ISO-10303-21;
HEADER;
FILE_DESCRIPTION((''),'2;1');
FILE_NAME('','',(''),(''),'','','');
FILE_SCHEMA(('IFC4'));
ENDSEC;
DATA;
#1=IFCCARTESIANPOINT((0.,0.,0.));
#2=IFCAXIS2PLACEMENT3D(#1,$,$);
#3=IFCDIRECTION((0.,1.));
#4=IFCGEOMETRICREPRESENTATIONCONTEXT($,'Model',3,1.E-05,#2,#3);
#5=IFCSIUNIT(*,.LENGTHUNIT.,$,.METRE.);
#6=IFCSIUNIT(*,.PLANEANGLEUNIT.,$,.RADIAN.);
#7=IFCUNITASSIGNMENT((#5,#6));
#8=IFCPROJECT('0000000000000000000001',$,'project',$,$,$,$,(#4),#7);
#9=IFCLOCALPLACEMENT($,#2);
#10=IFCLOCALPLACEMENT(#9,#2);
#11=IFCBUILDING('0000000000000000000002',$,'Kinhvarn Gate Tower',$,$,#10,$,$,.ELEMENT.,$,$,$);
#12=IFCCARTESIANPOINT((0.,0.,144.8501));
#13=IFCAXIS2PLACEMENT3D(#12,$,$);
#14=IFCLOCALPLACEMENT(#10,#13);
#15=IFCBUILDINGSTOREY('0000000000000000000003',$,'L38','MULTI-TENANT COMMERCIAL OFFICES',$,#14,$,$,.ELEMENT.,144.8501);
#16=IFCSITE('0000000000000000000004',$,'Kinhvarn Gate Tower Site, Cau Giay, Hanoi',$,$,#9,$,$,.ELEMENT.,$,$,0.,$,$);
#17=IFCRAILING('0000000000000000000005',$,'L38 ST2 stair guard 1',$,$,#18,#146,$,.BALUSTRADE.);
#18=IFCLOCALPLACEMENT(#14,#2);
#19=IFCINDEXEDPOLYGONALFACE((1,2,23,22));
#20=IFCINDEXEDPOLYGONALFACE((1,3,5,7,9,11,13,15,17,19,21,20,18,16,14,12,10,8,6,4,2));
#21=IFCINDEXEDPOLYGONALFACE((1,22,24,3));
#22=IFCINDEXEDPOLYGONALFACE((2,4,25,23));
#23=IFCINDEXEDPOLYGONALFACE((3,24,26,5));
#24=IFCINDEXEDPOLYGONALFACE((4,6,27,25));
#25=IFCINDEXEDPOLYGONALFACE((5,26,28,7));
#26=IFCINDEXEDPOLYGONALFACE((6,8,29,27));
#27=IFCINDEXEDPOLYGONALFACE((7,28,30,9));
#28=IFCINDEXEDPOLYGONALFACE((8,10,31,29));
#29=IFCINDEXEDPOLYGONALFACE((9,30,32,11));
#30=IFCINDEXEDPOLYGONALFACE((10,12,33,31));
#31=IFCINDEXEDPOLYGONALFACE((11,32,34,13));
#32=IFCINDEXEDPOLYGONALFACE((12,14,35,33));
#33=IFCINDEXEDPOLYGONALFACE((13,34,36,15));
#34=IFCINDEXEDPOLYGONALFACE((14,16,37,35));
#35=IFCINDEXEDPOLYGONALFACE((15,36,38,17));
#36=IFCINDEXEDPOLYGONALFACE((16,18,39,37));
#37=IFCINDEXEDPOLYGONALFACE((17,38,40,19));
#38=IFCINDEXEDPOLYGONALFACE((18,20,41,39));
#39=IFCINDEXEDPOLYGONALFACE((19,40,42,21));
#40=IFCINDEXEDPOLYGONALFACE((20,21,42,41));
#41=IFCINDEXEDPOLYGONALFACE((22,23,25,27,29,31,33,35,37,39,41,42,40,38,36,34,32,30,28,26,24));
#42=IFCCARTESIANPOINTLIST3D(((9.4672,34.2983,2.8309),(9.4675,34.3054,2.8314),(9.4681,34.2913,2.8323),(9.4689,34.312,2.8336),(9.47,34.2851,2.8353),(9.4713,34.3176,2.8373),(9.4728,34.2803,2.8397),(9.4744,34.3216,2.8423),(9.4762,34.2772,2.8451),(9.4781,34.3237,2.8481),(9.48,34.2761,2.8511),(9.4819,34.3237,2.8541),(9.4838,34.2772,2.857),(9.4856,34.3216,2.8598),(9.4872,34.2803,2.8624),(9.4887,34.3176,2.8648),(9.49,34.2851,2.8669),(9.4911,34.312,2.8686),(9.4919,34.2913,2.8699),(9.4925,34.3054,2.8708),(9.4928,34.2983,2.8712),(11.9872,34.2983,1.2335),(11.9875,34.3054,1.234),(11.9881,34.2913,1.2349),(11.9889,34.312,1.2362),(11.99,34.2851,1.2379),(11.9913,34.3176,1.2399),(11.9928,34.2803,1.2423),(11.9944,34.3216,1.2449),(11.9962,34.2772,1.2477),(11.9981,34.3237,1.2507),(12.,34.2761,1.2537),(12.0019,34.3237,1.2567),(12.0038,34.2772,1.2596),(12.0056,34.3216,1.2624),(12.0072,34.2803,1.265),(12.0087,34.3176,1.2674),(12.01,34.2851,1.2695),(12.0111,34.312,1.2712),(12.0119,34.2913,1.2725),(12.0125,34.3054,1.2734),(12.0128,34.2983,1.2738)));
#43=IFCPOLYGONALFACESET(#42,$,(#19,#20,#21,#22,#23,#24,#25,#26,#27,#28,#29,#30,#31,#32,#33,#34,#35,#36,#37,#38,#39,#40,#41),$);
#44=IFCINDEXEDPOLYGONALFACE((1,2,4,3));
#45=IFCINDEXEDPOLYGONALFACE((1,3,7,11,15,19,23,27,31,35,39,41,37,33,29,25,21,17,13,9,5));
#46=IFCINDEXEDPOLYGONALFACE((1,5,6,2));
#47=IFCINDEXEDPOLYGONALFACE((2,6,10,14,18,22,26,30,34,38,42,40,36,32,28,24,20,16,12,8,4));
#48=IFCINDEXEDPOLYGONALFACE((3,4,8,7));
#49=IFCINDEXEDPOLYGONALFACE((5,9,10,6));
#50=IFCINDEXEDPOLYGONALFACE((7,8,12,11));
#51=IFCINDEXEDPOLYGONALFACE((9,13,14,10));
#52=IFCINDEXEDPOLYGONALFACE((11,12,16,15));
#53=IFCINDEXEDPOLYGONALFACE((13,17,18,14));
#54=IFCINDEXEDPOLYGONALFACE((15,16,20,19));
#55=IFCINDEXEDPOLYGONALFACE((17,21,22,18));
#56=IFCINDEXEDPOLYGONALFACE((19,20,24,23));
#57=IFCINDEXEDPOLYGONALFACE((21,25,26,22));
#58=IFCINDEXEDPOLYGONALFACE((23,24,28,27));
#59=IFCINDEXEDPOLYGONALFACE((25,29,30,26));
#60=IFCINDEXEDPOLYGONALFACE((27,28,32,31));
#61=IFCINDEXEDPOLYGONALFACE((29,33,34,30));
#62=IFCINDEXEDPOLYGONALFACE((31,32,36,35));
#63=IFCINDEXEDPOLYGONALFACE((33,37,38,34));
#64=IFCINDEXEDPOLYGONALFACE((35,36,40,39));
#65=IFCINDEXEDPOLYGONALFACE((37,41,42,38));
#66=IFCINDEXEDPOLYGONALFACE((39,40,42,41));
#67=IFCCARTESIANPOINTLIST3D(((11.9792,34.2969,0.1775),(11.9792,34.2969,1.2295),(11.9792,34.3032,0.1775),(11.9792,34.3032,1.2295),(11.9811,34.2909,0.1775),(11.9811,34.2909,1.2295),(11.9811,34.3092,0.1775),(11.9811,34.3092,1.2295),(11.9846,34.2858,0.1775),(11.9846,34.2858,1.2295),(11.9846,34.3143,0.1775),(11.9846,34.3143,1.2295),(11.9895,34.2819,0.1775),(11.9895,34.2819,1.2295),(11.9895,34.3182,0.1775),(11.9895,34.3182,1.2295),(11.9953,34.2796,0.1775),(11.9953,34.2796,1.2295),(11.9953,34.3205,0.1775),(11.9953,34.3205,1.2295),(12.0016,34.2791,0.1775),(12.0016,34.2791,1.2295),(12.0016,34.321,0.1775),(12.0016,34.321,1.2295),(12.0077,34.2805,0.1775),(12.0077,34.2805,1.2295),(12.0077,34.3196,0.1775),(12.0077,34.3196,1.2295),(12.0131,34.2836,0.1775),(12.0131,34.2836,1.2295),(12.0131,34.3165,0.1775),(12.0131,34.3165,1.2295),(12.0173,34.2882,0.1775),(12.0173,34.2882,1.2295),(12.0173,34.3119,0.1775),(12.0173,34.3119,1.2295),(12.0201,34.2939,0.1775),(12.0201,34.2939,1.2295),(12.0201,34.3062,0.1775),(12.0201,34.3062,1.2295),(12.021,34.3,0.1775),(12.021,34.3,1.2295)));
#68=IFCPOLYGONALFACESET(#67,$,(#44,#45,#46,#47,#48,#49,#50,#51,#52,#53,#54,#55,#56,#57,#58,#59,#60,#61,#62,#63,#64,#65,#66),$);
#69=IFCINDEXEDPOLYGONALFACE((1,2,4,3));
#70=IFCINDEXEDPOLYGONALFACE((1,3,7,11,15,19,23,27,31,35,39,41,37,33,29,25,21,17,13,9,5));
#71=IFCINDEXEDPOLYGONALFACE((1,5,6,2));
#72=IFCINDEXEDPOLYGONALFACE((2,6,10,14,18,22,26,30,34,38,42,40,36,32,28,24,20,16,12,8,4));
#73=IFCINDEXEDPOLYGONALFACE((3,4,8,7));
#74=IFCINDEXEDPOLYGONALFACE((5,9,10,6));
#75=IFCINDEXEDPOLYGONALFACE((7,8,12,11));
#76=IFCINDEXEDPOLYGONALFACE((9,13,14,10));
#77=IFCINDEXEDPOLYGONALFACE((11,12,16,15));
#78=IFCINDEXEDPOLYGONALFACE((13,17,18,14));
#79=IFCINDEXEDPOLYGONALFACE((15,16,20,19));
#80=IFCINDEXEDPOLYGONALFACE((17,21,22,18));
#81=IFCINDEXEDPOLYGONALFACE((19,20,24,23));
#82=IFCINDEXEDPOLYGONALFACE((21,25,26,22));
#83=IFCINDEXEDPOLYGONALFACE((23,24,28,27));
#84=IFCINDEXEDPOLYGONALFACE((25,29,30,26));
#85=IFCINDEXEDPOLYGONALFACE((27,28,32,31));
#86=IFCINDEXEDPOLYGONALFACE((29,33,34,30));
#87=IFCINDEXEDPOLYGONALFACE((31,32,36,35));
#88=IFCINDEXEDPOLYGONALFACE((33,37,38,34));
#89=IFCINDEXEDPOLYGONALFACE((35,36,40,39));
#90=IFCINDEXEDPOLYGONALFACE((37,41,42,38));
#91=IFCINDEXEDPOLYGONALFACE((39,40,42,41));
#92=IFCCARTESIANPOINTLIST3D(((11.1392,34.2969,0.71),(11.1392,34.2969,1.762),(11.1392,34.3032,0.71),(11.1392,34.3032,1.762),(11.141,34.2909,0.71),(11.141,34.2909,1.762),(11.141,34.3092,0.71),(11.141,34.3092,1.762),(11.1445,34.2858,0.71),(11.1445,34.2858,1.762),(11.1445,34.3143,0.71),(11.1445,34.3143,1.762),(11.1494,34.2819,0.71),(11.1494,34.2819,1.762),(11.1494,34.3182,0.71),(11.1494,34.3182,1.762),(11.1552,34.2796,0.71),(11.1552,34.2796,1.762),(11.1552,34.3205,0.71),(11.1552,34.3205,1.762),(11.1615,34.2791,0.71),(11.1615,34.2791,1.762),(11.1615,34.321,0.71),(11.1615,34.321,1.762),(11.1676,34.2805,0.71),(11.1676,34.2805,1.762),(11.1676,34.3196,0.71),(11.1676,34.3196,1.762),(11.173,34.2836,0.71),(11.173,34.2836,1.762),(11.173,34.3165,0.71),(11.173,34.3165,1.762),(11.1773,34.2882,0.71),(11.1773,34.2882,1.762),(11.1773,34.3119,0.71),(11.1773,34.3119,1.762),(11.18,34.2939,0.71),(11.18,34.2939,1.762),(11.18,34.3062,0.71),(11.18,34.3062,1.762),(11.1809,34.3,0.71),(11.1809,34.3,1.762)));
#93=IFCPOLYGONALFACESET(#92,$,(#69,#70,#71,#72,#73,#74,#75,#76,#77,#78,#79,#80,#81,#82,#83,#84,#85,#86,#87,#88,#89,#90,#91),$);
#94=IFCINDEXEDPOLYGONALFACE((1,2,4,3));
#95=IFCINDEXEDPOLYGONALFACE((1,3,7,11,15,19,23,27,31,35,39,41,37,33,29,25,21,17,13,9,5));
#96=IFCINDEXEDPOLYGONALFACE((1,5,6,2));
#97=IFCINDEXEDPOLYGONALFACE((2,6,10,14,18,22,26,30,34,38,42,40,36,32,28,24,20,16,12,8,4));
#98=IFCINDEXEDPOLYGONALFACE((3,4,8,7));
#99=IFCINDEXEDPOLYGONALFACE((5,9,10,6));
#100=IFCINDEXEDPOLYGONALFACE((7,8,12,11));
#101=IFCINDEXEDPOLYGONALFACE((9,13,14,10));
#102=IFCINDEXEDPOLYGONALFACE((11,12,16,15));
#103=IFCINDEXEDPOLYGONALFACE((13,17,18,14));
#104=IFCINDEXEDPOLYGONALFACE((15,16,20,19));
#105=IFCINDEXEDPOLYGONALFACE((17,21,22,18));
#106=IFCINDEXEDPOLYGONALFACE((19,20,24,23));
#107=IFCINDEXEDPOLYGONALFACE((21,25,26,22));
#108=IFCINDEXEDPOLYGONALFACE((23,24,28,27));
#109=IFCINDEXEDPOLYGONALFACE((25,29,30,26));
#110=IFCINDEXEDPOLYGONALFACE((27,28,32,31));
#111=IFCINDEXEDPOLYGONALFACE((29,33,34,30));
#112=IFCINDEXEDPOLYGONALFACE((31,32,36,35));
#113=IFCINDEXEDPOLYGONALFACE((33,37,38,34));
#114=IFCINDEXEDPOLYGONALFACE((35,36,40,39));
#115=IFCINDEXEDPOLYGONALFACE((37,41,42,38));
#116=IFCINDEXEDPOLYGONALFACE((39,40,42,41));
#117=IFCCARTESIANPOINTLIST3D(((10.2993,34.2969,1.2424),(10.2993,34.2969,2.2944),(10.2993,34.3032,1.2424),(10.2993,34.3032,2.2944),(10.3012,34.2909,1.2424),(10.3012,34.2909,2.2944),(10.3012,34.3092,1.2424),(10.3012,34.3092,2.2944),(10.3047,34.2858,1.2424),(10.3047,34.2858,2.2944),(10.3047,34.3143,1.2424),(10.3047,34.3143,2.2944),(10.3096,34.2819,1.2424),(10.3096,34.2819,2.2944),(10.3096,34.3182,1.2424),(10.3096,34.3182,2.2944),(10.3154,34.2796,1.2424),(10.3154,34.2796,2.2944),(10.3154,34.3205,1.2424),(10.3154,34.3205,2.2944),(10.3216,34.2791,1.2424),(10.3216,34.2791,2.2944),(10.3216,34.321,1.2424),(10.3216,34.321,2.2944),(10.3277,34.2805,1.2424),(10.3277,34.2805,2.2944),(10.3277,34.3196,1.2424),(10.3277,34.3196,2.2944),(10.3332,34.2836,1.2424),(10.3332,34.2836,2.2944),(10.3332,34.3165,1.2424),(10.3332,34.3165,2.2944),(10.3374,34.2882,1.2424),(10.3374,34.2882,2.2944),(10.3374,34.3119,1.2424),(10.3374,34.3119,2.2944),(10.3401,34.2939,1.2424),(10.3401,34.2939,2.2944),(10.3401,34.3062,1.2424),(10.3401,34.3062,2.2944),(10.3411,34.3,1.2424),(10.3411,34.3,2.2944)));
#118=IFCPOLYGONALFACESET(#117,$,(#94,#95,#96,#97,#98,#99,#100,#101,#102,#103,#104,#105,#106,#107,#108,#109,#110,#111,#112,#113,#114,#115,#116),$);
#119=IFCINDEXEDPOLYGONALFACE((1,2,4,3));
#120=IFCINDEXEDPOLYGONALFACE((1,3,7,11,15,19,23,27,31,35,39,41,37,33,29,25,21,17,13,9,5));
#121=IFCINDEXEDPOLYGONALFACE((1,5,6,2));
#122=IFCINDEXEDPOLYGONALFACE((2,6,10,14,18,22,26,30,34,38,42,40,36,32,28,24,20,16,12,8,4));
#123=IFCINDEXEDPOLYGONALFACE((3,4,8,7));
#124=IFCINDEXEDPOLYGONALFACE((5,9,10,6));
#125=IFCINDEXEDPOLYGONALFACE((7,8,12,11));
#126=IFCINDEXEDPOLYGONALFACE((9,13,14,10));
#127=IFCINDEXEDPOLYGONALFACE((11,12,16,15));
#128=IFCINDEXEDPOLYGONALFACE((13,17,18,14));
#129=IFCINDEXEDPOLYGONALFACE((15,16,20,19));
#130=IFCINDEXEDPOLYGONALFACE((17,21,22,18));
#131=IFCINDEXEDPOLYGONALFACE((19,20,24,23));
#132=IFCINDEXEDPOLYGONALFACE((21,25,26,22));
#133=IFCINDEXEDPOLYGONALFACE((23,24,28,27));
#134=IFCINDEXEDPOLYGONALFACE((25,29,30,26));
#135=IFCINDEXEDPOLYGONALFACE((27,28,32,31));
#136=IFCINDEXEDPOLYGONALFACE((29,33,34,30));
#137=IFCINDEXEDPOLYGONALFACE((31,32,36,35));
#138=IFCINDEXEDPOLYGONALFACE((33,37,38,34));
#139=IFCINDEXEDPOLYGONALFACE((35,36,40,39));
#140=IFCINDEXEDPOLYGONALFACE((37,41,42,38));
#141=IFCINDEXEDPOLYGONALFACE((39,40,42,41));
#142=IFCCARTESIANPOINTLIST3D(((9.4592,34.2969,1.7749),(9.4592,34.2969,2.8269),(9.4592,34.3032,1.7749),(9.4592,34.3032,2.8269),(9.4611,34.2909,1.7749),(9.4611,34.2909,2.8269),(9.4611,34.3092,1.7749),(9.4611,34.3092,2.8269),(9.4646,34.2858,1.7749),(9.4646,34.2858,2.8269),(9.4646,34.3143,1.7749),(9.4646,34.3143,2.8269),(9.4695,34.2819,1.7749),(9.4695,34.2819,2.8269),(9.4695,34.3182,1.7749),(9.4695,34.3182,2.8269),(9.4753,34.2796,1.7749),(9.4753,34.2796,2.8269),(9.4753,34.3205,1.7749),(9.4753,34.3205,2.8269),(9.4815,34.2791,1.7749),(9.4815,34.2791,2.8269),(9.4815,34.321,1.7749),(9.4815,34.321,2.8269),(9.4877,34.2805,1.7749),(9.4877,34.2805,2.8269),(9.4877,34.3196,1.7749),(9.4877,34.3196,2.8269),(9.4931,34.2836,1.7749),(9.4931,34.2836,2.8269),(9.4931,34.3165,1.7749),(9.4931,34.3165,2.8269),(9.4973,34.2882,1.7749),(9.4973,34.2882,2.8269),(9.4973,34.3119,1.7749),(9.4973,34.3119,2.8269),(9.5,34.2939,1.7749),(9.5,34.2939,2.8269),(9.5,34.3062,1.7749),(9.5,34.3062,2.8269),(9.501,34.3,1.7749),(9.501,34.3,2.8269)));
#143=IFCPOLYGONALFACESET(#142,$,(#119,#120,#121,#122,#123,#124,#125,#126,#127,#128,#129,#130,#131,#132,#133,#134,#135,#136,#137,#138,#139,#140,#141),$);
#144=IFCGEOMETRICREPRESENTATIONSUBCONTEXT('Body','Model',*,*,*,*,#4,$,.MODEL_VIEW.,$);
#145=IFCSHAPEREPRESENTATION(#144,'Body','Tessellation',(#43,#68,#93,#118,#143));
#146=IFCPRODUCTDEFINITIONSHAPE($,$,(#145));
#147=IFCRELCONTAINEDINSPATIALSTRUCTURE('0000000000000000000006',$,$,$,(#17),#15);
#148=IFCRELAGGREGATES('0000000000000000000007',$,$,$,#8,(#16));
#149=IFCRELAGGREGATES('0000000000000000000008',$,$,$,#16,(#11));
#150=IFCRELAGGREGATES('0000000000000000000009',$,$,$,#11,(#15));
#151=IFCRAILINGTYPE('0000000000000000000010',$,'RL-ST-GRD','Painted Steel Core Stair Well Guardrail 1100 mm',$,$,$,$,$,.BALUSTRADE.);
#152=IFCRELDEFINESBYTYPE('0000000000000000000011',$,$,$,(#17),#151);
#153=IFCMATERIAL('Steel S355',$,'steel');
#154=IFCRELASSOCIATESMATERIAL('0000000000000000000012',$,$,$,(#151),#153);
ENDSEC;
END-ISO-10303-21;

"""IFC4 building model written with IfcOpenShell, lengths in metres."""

from ifc_helpers import new_model, si_unit, direction, frame, origin, origin_2d, place, context, subcontext, project, spatial, circle, extrude, material, type_object, element, save


model = new_model("IFC4")

# Units and contexts
model_context = context("Model", 3, precision=1e-05, world=origin(), true_north=direction((0.0, 1.0)))
body_context = subcontext(model_context, "Body", "Model", "MODEL_VIEW")
ifc_project = project(units=[si_unit("LENGTHUNIT", "METRE"), si_unit("PLANEANGLEUNIT", "RADIAN")], contexts=[model_context])

# Site, building, storey
site_placement = place(None, origin())
site = spatial("IfcSite", under=ifc_project, at=site_placement, Name="Kinhvarn Gate Tower Site, Cau Giay, Hanoi", CompositionType="ELEMENT", RefElevation=0.0)
building_placement = place(site_placement, origin())
building = spatial("IfcBuilding", under=site, at=building_placement, Name="Kinhvarn Gate Tower", CompositionType="ELEMENT")
storey_placement = place(building_placement, frame((0.0, 0.0, 144.8501)))
storey = spatial("IfcBuildingStorey", under=building, at=storey_placement, Name="L38", Description="MULTI-TENANT COMMERCIAL OFFICES", CompositionType="ELEMENT", Elevation=144.8501)

# Shared definitions
ifc_material_1 = material(Name="Steel S355", Category="steel")

# Railing
railing_type_1 = type_object("IfcRailingType", Name="RL-ST-GRD", Description="Painted Steel Core Stair Well Guardrail 1100 mm", PredefinedType="BALUSTRADE", material=ifc_material_1)
railing_1_placement = place(storey_placement, frame((12.0, 34.3, 0.1775)))
element("IfcRailing", 1, at=railing_1_placement, inside=storey, type_object=railing_type_1, Name="L38 ST2 stair guard 1", PredefinedType="BALUSTRADE", context=body_context, shape_type="SweptSolid", body=[
    extrude(circle(Radius=0.0239, at=origin_2d()), frame((0.0, 0.0, 1.0762), z_axis=(-0.844607, 0.0, 0.535387), x_axis=(0.0, -1.0, 0.0)), (0.0, 0.0, 1.0), 2.9836),
    extrude(circle(Radius=0.021, at=origin_2d()), origin(), (0.0, 0.0, 1.0), 1.052),
    extrude(circle(Radius=0.021, at=origin_2d()), frame((-0.8401, 0.0, 0.5325)), (0.0, 0.0, 1.0), 1.052),
    extrude(circle(Radius=0.021, at=origin_2d()), frame((-1.6799, 0.0, 1.0649)), (0.0, 0.0, 1.0), 1.052),
    extrude(circle(Radius=0.021, at=origin_2d()), frame((-2.52, 0.0, 1.5974)), (0.0, 0.0, 1.0), 1.052),
])

save(model, "model.ifc")
